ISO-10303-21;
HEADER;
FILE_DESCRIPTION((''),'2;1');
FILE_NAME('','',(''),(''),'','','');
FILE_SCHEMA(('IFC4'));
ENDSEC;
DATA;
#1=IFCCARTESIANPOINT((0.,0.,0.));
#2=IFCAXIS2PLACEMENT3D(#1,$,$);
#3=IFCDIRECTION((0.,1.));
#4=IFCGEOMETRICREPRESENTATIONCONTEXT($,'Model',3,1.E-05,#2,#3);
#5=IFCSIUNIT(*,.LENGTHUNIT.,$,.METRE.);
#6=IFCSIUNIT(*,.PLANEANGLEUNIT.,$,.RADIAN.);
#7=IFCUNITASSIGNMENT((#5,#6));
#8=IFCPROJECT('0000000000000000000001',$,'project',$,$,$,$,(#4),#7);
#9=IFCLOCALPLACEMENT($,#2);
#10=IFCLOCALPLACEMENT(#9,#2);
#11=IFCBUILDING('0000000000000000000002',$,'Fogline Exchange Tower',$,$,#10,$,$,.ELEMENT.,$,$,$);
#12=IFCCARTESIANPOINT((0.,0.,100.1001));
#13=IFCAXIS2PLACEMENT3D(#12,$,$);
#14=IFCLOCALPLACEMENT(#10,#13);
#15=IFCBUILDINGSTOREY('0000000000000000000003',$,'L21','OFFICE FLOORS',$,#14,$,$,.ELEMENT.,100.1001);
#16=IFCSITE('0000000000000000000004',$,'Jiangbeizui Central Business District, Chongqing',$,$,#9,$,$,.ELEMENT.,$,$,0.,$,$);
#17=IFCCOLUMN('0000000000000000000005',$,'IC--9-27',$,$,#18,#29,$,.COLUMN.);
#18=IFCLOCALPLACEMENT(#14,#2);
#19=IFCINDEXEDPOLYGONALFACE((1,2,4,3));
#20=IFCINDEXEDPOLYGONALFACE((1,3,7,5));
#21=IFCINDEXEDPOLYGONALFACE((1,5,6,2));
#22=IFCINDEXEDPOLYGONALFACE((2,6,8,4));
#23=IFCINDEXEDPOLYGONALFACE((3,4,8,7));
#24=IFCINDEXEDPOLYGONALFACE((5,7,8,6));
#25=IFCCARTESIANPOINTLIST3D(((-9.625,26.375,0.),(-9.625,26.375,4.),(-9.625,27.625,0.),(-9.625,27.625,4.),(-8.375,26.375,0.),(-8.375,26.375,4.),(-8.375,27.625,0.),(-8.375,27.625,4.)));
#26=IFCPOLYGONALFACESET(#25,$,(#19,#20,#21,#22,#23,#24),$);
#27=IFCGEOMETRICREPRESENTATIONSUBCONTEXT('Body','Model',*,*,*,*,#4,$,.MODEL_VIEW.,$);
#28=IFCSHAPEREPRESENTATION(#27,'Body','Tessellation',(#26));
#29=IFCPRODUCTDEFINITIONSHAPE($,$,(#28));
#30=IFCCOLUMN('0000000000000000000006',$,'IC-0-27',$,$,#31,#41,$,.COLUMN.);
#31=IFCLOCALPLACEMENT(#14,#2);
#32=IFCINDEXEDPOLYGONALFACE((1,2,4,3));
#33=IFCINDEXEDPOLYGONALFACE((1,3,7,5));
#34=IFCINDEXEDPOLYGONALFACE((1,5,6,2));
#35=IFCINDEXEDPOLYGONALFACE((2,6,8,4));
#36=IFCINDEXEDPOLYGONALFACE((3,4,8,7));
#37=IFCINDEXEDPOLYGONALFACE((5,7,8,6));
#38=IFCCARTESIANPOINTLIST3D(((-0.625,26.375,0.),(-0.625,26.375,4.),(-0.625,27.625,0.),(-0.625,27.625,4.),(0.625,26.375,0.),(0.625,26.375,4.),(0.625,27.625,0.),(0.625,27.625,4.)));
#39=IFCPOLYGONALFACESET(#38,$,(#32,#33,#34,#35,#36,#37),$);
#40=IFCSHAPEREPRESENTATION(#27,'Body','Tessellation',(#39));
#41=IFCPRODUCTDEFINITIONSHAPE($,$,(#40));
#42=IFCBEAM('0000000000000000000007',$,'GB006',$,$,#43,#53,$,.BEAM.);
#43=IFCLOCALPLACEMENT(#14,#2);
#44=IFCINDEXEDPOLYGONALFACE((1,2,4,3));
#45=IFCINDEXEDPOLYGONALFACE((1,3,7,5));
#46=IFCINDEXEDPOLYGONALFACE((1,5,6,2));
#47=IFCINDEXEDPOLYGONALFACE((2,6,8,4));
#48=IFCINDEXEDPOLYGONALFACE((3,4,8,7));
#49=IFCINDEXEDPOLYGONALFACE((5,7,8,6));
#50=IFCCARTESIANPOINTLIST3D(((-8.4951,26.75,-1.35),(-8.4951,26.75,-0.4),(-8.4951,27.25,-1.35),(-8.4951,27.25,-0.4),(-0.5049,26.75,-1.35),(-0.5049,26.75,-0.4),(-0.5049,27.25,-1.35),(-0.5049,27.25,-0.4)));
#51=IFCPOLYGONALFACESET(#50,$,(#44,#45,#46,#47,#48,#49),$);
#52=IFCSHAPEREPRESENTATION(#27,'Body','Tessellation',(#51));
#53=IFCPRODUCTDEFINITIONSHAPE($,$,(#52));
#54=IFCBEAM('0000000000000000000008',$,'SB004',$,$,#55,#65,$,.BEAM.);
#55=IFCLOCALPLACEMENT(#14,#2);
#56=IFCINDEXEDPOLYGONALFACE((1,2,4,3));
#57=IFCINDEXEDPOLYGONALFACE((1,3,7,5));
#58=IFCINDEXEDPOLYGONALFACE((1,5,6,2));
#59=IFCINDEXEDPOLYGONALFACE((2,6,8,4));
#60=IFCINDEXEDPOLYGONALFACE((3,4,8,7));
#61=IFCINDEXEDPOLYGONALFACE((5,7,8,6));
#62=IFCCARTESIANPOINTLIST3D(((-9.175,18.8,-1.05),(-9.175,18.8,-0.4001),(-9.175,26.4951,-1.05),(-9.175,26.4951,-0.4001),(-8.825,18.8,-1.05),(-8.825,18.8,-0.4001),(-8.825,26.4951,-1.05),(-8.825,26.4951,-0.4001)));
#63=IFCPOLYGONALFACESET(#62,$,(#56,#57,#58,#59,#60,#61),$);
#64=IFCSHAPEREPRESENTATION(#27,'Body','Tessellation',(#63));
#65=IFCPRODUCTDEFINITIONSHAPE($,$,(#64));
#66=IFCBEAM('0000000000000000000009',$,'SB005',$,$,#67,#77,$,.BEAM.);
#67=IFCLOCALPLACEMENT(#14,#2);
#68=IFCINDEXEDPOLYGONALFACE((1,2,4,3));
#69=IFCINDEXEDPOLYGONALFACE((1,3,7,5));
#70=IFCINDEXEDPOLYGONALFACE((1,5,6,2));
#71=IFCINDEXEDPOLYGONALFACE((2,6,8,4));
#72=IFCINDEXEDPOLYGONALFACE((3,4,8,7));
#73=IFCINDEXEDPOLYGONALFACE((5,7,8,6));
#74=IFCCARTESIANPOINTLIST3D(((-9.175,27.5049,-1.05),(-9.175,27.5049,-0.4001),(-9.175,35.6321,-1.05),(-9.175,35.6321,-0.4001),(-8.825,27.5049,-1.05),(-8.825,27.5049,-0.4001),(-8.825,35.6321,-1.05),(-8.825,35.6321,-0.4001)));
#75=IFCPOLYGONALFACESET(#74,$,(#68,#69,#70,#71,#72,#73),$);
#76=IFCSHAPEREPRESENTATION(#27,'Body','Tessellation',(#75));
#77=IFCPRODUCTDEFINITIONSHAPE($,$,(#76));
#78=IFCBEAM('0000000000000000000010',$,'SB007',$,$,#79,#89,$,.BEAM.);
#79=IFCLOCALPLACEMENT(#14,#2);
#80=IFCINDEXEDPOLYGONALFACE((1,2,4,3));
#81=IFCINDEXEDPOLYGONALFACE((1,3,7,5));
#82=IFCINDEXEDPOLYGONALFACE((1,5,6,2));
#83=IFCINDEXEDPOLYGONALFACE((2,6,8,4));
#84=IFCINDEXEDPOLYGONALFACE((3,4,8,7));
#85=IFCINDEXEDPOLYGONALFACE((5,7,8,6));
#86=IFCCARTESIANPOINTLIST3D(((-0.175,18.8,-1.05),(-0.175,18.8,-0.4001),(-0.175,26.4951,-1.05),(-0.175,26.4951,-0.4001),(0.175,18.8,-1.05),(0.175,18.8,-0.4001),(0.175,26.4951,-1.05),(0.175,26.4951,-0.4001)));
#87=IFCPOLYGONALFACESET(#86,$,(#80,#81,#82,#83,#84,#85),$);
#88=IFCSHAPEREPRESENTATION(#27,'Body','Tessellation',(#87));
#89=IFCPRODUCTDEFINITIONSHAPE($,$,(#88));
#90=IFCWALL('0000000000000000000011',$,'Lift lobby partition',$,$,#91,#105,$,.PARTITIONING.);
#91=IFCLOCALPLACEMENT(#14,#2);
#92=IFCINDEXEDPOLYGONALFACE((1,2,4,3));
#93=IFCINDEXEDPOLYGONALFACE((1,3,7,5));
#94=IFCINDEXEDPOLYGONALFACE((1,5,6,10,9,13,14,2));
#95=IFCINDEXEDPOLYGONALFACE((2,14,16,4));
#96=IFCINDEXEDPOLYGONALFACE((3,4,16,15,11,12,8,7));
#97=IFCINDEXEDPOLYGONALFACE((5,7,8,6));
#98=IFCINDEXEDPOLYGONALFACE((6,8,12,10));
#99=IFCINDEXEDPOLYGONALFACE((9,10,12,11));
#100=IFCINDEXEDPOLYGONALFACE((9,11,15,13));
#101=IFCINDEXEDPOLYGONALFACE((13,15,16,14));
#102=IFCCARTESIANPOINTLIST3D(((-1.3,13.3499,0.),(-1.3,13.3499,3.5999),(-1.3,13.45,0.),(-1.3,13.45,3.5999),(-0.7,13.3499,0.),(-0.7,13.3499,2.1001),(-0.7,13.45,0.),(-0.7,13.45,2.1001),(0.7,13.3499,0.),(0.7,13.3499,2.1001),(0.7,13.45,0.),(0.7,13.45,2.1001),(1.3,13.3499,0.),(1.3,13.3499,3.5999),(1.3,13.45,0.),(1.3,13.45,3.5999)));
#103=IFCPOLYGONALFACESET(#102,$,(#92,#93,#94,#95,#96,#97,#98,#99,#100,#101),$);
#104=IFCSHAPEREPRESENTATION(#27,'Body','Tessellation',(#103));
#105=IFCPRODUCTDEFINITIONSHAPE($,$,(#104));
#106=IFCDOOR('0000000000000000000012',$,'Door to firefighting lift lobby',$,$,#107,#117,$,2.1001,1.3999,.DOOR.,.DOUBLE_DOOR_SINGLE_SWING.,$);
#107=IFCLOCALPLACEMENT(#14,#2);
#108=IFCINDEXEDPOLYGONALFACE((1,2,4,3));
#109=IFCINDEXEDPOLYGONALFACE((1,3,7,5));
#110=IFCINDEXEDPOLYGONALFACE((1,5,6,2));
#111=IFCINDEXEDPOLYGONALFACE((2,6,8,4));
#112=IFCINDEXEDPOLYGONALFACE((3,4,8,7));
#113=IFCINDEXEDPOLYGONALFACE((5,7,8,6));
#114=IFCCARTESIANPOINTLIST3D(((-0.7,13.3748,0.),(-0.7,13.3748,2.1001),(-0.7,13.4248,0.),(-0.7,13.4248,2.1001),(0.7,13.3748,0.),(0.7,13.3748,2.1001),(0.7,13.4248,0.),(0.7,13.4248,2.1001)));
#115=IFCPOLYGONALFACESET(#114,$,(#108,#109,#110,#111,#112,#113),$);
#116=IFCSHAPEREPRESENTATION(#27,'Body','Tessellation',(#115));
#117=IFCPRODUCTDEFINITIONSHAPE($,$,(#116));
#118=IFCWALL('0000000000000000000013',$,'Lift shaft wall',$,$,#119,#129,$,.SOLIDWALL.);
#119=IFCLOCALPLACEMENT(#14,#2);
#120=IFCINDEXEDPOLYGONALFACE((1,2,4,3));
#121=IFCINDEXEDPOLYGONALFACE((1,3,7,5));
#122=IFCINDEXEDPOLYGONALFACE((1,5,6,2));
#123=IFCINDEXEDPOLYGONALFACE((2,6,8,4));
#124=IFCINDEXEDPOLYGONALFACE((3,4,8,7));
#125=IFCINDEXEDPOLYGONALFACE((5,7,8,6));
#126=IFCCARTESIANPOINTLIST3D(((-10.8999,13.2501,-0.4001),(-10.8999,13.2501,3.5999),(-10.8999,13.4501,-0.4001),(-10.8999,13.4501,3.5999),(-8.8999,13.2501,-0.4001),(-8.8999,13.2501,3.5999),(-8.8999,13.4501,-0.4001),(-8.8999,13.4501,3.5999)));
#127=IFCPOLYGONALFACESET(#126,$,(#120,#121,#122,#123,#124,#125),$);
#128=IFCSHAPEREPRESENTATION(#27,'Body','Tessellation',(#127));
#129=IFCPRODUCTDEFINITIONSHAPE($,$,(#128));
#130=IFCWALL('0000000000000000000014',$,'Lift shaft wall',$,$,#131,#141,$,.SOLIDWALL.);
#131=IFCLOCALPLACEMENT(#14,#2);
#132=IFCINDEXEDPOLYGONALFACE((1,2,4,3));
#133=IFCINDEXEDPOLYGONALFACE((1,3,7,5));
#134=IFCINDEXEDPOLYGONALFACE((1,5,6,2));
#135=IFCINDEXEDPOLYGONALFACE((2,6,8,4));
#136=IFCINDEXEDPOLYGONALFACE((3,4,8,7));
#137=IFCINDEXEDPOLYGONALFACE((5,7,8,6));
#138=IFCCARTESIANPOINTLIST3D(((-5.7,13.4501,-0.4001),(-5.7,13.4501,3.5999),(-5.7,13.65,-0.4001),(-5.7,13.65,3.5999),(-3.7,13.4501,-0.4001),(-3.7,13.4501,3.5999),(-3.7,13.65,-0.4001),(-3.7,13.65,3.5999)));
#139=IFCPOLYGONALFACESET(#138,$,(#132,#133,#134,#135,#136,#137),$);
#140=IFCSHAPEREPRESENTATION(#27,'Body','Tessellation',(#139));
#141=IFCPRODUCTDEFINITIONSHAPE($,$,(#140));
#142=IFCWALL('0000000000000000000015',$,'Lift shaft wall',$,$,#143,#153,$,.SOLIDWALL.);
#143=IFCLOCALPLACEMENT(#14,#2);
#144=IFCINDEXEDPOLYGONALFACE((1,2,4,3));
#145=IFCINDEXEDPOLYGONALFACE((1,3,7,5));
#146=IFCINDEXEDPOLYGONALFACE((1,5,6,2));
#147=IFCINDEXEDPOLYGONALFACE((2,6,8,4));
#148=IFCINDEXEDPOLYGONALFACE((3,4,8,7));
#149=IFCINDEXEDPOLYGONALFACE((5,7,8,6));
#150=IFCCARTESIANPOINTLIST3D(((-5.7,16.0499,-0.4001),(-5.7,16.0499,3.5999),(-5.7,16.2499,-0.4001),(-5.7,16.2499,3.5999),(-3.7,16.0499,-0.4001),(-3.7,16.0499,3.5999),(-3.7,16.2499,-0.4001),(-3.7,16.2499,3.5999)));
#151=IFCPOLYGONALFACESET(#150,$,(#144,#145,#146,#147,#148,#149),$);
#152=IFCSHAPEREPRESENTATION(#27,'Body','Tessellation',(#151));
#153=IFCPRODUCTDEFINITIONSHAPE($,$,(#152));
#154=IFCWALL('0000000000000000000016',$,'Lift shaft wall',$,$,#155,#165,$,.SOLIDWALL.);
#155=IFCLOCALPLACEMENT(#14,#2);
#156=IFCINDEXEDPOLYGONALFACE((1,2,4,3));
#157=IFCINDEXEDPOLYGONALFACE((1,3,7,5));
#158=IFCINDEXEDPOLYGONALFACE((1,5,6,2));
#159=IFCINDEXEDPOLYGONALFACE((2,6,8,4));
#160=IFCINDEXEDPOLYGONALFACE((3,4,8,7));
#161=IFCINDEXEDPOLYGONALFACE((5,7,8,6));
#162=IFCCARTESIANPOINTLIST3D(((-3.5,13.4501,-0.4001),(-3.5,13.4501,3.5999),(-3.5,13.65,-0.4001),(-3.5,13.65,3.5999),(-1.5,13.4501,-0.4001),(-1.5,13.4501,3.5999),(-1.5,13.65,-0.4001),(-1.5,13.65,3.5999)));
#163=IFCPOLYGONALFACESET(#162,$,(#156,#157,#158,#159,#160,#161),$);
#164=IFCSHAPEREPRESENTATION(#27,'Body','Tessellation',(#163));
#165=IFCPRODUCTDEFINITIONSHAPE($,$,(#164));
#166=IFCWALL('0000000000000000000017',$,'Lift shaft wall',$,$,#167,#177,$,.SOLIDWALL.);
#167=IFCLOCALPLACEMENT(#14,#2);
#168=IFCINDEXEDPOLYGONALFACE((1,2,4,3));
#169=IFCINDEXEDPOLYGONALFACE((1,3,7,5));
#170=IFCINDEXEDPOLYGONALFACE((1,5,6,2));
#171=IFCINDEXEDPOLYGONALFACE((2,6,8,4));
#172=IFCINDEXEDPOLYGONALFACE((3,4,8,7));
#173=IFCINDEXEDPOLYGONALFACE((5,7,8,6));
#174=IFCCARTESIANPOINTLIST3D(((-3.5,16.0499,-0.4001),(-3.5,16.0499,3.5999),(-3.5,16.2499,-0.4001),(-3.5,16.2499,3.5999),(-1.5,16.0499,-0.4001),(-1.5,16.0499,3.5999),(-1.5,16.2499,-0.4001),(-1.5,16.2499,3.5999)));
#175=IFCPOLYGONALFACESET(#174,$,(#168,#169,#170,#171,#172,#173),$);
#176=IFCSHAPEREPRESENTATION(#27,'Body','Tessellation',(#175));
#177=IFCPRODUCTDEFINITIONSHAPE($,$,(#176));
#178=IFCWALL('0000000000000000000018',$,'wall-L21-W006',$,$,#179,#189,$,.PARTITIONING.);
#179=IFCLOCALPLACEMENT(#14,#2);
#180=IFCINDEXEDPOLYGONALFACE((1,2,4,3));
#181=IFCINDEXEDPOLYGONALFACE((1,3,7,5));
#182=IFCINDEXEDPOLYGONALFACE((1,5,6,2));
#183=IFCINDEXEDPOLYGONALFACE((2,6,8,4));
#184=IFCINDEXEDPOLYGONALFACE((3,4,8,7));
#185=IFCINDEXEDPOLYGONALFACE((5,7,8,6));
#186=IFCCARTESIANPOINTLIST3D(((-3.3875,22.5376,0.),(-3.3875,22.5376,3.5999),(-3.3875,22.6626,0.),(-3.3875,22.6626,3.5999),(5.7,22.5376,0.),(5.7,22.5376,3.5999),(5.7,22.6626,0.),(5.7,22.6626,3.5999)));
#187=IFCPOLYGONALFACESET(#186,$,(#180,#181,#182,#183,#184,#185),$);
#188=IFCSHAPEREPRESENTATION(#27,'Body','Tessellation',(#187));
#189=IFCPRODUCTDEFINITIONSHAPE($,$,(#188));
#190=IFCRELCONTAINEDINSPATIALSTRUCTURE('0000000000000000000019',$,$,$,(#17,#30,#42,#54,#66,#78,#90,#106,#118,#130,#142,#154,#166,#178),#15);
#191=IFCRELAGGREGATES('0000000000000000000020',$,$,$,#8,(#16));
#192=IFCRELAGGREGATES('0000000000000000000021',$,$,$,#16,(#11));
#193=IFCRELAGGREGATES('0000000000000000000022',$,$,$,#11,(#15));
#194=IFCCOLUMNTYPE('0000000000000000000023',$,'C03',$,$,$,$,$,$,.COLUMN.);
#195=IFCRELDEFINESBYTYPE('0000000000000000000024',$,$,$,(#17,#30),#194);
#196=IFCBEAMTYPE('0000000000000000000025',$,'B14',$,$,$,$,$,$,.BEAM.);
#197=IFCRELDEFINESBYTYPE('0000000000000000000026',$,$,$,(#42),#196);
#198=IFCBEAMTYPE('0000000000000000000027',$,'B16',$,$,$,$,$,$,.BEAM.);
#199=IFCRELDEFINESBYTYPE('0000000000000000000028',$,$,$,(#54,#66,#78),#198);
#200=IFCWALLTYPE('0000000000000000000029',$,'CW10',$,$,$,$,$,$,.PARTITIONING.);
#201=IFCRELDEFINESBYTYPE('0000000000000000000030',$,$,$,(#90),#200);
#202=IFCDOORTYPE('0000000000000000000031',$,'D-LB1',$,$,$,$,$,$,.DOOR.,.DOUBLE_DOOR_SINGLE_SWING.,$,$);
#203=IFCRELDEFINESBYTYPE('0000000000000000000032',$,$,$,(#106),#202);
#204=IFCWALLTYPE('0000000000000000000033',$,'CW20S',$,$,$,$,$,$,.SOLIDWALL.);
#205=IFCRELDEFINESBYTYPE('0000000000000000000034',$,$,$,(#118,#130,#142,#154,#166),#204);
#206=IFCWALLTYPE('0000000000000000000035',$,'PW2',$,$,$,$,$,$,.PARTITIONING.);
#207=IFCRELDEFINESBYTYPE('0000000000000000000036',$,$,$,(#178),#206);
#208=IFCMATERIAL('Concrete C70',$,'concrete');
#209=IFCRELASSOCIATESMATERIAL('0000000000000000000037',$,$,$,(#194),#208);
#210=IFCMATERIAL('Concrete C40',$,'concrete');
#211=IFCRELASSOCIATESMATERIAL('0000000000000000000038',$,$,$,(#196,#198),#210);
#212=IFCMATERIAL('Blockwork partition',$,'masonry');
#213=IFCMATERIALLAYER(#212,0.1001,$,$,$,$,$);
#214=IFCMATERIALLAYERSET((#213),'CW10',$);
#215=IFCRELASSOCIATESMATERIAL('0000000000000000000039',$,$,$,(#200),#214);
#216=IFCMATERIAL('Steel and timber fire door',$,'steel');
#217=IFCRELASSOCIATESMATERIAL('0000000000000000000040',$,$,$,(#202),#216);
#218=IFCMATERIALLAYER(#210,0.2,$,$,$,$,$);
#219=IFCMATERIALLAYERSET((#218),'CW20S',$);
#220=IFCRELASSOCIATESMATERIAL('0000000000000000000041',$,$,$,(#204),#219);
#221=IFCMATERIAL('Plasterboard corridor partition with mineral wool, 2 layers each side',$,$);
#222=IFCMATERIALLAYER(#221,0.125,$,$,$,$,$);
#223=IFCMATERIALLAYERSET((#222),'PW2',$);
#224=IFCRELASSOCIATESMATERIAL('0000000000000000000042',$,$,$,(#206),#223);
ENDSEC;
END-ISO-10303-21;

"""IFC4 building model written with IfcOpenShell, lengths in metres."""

from ifc_helpers import new_model, si_unit, direction, frame, frame_2d, origin, origin_2d, place, context, subcontext, project, spatial, rectangle, extrude, material, layer, layer_set, material_profile, profile_set, type_object, element, fill, save


model = new_model("IFC4")

# Units and contexts
model_context = context("Model", 3, precision=1e-05, world=origin(), true_north=direction((0.0, 1.0)))
body_context = subcontext(model_context, "Body", "Model", "MODEL_VIEW")
ifc_project = project(units=[si_unit("LENGTHUNIT", "METRE"), si_unit("PLANEANGLEUNIT", "RADIAN")], contexts=[model_context])

# Site, building, storey
site_placement = place(None, origin())
site = spatial("IfcSite", under=ifc_project, at=site_placement, Name="Jiangbeizui Central Business District, Chongqing", CompositionType="ELEMENT", RefElevation=0.0)
building_placement = place(site_placement, origin())
building = spatial("IfcBuilding", under=site, at=building_placement, Name="Fogline Exchange Tower", CompositionType="ELEMENT")
storey_placement = place(building_placement, frame((0.0, 0.0, 100.1001)))
storey = spatial("IfcBuildingStorey", under=building, at=storey_placement, Name="L21", Description="OFFICE FLOORS", CompositionType="ELEMENT", Elevation=100.1001)

# Columns
ifc_material_1 = material(Name="Concrete C70", Category="concrete")
ifc_material_profile_1 = material_profile(ifc_material_1, rectangle(XDim=1.25, YDim=1.25, at=origin_2d()), Name="RC 1250x1250")
ifc_profile_set_1 = profile_set([ifc_material_profile_1], Name="Concrete C70")
column_type = type_object("IfcColumnType", Name="C03", PredefinedType="COLUMN", material=ifc_profile_set_1)
for number, where, z_axis, x_axis, name in (
    (1, (-9.0, 27.0, 0.0), (0.0, 0.0, 1.0), (1.0, 0.0, 0.0), "IC--9-27"),
    (2, (0.0, 27.0, 0.0), (0.0, 0.0, 1.0), (1.0, 0.0, 0.0), "IC-0-27"),
):
    element("IfcColumn", number, at=place(storey_placement, frame(where, z_axis=z_axis, x_axis=x_axis)), inside=storey, type_object=column_type, Name=name, PredefinedType="COLUMN", context=body_context, shape_type="SweptSolid", body=[
        extrude(rectangle(XDim=1.25, YDim=1.25, at=origin_2d()), origin(), (0.0, 0.0, 1.0), 4.0),
    ])

# Beams
ifc_material_2 = material(Name="Concrete C40", Category="concrete")
ifc_material_profile_2 = material_profile(ifc_material_2, rectangle(XDim=0.5, YDim=0.95, at=origin_2d()), Name="RC 500x950")
ifc_profile_set_2 = profile_set([ifc_material_profile_2], Name="Concrete C40")
beam_type_1 = type_object("IfcBeamType", Name="B14", PredefinedType="BEAM", material=ifc_profile_set_2)
beam_1_placement = place(storey_placement, frame((-8.4951, 27.0, -0.875), z_axis=(1.0, 0.0, 0.0), x_axis=(0.0, 1.0, 0.0)))
element("IfcBeam", 3, at=beam_1_placement, inside=storey, type_object=beam_type_1, Name="GB006", PredefinedType="BEAM", context=body_context, shape_type="SweptSolid", body=[
    extrude(rectangle(XDim=0.5, YDim=0.95, at=origin_2d()), origin(), (0.0, 0.0, 1.0), 7.9902),
])
ifc_material_profile_3 = material_profile(ifc_material_2, rectangle(XDim=0.3501, YDim=0.6499, at=origin_2d()), Name="RC 350x650")
ifc_profile_set_3 = profile_set([ifc_material_profile_3], Name="Concrete C40")
beam_type_2 = type_object("IfcBeamType", Name="B16", PredefinedType="BEAM", material=ifc_profile_set_3)
beam_2_placement = place(storey_placement, frame((-9.0, 18.8, -0.7251), z_axis=(0.0, 1.0, 0.0), x_axis=(-1.0, 0.0, 0.0)))
element("IfcBeam", 4, at=beam_2_placement, inside=storey, type_object=beam_type_2, Name="SB004", PredefinedType="BEAM", context=body_context, shape_type="SweptSolid", body=[
    extrude(rectangle(XDim=0.3501, YDim=0.6499, at=origin_2d()), origin(), (0.0, 0.0, 1.0), 7.6951),
])
beam_3_placement = place(storey_placement, frame((-9.0, 27.5049, -0.7251), z_axis=(0.0, 1.0, 0.0), x_axis=(-1.0, 0.0, 0.0)))
element("IfcBeam", 5, at=beam_3_placement, inside=storey, type_object=beam_type_2, Name="SB005", PredefinedType="BEAM", context=body_context, shape_type="SweptSolid", body=[
    extrude(rectangle(XDim=0.3501, YDim=0.6499, at=origin_2d()), origin(), (0.0, 0.0, 1.0), 8.1272),
])
beam_4_placement = place(storey_placement, frame((0.0, 18.8, -0.7251), z_axis=(0.0, 1.0, 0.0), x_axis=(-1.0, 0.0, 0.0)))
element("IfcBeam", 6, at=beam_4_placement, inside=storey, type_object=beam_type_2, Name="SB007", PredefinedType="BEAM", context=body_context, shape_type="SweptSolid", body=[
    extrude(rectangle(XDim=0.3501, YDim=0.6499, at=origin_2d()), origin(), (0.0, 0.0, 1.0), 7.6951),
])

# Wall, opening, door
ifc_material_3 = material(Name="Blockwork partition", Category="masonry")
ifc_layer_1 = layer(ifc_material_3, 0.1001)
ifc_layer_set_1 = layer_set([ifc_layer_1], Name="CW10")
wall_type_1 = type_object("IfcWallType", Name="CW10", PredefinedType="PARTITIONING", material=ifc_layer_set_1)
wall_1_placement = place(storey_placement, frame((-1.3, 13.3999, 0.0), z_axis=(0.0, 0.0, 1.0), x_axis=(1.0, 0.0, 0.0)))
wall_1 = element("IfcWall", 7, at=wall_1_placement, inside=storey, type_object=wall_type_1, Name="Lift lobby partition", PredefinedType="PARTITIONING", context=body_context, shape_type="SweptSolid", body=[
    extrude(rectangle(XDim=2.6001, YDim=0.1001, at=frame_2d((1.3, 0.0))), origin(), (0.0, 0.0, 1.0), 3.5999),
])
opening_1_placement = place(wall_1_placement, frame((0.6001, 0.0, 0.0)))
opening_1 = element("IfcOpeningElement", 8, at=opening_1_placement, cuts=wall_1, PredefinedType="OPENING", context=body_context, shape_type="SweptSolid", body=[
    extrude(rectangle(XDim=1.3999, YDim=2.1001, at=frame_2d((0.7, 1.05))), frame((0.0, 0.0601, 0.0), z_axis=(0.0, -1.0, 0.0), x_axis=(1.0, 0.0, 0.0)), (0.0, 0.0, 1.0), 0.1201),
])
ifc_material_4 = material(Name="Steel and timber fire door", Category="steel")
door_type_1 = type_object("IfcDoorType", Name="D-LB1", OperationType="DOUBLE_DOOR_SINGLE_SWING", PredefinedType="DOOR", material=ifc_material_4)
door_1_placement = place(opening_1_placement, origin())
door_1 = element("IfcDoor", 9, at=door_1_placement, inside=storey, type_object=door_type_1, Name="Door to firefighting lift lobby", OperationType="DOUBLE_DOOR_SINGLE_SWING", OverallHeight=2.1001, OverallWidth=1.3999, PredefinedType="DOOR", context=body_context, shape_type="SweptSolid", body=[
    extrude(rectangle(XDim=1.3999, YDim=2.1001, at=frame_2d((0.7, 1.05))), frame((0.0, 0.0249, 0.0), z_axis=(0.0, -1.0, 0.0), x_axis=(1.0, 0.0, 0.0)), (0.0, 0.0, 1.0), 0.05),
])
fill(opening_1, door_1)

# Walls
ifc_layer_2 = layer(ifc_material_2, 0.2)
ifc_layer_set_2 = layer_set([ifc_layer_2], Name="CW20S")
wall_type_2 = type_object("IfcWallType", Name="CW20S", PredefinedType="SOLIDWALL", material=ifc_layer_set_2)
for number, where, z_axis, x_axis, name in (
    (10, (-10.8999, 13.3501, -0.4001), (0.0, 0.0, 1.0), (1.0, 0.0, 0.0), "Lift shaft wall"),
    (11, (-5.7, 13.55, -0.4001), (0.0, 0.0, 1.0), (1.0, 0.0, 0.0), "Lift shaft wall"),
    (12, (-5.7, 16.1499, -0.4001), (0.0, 0.0, 1.0), (1.0, 0.0, 0.0), "Lift shaft wall"),
    (13, (-3.5, 13.55, -0.4001), (0.0, 0.0, 1.0), (1.0, 0.0, 0.0), "Lift shaft wall"),
    (14, (-3.5, 16.1499, -0.4001), (0.0, 0.0, 1.0), (1.0, 0.0, 0.0), "Lift shaft wall"),
):
    element("IfcWall", number, at=place(storey_placement, frame(where, z_axis=z_axis, x_axis=x_axis)), inside=storey, type_object=wall_type_2, Name=name, PredefinedType="SOLIDWALL", context=body_context, shape_type="SweptSolid", body=[
        extrude(rectangle(XDim=2.0, YDim=0.2, at=frame_2d((1.0, 0.0))), origin(), (0.0, 0.0, 1.0), 4.0),
    ])
ifc_material_5 = material(Name="Plasterboard corridor partition with mineral wool, 2 layers each side")
ifc_layer_3 = layer(ifc_material_5, 0.125)
ifc_layer_set_3 = layer_set([ifc_layer_3], Name="PW2")
wall_type_3 = type_object("IfcWallType", Name="PW2", PredefinedType="PARTITIONING", material=ifc_layer_set_3)
wall_2_placement = place(storey_placement, frame((-3.3875, 22.6001, 0.0), z_axis=(0.0, 0.0, 1.0), x_axis=(1.0, 0.0, 0.0)))
element("IfcWall", 15, at=wall_2_placement, inside=storey, type_object=wall_type_3, Name="wall-L21-W006", PredefinedType="PARTITIONING", context=body_context, shape_type="SweptSolid", body=[
    extrude(rectangle(XDim=9.0874, YDim=0.125, at=frame_2d((4.5437, 0.0))), origin(), (0.0, 0.0, 1.0), 3.5999),
])

save(model, "model.ifc")
